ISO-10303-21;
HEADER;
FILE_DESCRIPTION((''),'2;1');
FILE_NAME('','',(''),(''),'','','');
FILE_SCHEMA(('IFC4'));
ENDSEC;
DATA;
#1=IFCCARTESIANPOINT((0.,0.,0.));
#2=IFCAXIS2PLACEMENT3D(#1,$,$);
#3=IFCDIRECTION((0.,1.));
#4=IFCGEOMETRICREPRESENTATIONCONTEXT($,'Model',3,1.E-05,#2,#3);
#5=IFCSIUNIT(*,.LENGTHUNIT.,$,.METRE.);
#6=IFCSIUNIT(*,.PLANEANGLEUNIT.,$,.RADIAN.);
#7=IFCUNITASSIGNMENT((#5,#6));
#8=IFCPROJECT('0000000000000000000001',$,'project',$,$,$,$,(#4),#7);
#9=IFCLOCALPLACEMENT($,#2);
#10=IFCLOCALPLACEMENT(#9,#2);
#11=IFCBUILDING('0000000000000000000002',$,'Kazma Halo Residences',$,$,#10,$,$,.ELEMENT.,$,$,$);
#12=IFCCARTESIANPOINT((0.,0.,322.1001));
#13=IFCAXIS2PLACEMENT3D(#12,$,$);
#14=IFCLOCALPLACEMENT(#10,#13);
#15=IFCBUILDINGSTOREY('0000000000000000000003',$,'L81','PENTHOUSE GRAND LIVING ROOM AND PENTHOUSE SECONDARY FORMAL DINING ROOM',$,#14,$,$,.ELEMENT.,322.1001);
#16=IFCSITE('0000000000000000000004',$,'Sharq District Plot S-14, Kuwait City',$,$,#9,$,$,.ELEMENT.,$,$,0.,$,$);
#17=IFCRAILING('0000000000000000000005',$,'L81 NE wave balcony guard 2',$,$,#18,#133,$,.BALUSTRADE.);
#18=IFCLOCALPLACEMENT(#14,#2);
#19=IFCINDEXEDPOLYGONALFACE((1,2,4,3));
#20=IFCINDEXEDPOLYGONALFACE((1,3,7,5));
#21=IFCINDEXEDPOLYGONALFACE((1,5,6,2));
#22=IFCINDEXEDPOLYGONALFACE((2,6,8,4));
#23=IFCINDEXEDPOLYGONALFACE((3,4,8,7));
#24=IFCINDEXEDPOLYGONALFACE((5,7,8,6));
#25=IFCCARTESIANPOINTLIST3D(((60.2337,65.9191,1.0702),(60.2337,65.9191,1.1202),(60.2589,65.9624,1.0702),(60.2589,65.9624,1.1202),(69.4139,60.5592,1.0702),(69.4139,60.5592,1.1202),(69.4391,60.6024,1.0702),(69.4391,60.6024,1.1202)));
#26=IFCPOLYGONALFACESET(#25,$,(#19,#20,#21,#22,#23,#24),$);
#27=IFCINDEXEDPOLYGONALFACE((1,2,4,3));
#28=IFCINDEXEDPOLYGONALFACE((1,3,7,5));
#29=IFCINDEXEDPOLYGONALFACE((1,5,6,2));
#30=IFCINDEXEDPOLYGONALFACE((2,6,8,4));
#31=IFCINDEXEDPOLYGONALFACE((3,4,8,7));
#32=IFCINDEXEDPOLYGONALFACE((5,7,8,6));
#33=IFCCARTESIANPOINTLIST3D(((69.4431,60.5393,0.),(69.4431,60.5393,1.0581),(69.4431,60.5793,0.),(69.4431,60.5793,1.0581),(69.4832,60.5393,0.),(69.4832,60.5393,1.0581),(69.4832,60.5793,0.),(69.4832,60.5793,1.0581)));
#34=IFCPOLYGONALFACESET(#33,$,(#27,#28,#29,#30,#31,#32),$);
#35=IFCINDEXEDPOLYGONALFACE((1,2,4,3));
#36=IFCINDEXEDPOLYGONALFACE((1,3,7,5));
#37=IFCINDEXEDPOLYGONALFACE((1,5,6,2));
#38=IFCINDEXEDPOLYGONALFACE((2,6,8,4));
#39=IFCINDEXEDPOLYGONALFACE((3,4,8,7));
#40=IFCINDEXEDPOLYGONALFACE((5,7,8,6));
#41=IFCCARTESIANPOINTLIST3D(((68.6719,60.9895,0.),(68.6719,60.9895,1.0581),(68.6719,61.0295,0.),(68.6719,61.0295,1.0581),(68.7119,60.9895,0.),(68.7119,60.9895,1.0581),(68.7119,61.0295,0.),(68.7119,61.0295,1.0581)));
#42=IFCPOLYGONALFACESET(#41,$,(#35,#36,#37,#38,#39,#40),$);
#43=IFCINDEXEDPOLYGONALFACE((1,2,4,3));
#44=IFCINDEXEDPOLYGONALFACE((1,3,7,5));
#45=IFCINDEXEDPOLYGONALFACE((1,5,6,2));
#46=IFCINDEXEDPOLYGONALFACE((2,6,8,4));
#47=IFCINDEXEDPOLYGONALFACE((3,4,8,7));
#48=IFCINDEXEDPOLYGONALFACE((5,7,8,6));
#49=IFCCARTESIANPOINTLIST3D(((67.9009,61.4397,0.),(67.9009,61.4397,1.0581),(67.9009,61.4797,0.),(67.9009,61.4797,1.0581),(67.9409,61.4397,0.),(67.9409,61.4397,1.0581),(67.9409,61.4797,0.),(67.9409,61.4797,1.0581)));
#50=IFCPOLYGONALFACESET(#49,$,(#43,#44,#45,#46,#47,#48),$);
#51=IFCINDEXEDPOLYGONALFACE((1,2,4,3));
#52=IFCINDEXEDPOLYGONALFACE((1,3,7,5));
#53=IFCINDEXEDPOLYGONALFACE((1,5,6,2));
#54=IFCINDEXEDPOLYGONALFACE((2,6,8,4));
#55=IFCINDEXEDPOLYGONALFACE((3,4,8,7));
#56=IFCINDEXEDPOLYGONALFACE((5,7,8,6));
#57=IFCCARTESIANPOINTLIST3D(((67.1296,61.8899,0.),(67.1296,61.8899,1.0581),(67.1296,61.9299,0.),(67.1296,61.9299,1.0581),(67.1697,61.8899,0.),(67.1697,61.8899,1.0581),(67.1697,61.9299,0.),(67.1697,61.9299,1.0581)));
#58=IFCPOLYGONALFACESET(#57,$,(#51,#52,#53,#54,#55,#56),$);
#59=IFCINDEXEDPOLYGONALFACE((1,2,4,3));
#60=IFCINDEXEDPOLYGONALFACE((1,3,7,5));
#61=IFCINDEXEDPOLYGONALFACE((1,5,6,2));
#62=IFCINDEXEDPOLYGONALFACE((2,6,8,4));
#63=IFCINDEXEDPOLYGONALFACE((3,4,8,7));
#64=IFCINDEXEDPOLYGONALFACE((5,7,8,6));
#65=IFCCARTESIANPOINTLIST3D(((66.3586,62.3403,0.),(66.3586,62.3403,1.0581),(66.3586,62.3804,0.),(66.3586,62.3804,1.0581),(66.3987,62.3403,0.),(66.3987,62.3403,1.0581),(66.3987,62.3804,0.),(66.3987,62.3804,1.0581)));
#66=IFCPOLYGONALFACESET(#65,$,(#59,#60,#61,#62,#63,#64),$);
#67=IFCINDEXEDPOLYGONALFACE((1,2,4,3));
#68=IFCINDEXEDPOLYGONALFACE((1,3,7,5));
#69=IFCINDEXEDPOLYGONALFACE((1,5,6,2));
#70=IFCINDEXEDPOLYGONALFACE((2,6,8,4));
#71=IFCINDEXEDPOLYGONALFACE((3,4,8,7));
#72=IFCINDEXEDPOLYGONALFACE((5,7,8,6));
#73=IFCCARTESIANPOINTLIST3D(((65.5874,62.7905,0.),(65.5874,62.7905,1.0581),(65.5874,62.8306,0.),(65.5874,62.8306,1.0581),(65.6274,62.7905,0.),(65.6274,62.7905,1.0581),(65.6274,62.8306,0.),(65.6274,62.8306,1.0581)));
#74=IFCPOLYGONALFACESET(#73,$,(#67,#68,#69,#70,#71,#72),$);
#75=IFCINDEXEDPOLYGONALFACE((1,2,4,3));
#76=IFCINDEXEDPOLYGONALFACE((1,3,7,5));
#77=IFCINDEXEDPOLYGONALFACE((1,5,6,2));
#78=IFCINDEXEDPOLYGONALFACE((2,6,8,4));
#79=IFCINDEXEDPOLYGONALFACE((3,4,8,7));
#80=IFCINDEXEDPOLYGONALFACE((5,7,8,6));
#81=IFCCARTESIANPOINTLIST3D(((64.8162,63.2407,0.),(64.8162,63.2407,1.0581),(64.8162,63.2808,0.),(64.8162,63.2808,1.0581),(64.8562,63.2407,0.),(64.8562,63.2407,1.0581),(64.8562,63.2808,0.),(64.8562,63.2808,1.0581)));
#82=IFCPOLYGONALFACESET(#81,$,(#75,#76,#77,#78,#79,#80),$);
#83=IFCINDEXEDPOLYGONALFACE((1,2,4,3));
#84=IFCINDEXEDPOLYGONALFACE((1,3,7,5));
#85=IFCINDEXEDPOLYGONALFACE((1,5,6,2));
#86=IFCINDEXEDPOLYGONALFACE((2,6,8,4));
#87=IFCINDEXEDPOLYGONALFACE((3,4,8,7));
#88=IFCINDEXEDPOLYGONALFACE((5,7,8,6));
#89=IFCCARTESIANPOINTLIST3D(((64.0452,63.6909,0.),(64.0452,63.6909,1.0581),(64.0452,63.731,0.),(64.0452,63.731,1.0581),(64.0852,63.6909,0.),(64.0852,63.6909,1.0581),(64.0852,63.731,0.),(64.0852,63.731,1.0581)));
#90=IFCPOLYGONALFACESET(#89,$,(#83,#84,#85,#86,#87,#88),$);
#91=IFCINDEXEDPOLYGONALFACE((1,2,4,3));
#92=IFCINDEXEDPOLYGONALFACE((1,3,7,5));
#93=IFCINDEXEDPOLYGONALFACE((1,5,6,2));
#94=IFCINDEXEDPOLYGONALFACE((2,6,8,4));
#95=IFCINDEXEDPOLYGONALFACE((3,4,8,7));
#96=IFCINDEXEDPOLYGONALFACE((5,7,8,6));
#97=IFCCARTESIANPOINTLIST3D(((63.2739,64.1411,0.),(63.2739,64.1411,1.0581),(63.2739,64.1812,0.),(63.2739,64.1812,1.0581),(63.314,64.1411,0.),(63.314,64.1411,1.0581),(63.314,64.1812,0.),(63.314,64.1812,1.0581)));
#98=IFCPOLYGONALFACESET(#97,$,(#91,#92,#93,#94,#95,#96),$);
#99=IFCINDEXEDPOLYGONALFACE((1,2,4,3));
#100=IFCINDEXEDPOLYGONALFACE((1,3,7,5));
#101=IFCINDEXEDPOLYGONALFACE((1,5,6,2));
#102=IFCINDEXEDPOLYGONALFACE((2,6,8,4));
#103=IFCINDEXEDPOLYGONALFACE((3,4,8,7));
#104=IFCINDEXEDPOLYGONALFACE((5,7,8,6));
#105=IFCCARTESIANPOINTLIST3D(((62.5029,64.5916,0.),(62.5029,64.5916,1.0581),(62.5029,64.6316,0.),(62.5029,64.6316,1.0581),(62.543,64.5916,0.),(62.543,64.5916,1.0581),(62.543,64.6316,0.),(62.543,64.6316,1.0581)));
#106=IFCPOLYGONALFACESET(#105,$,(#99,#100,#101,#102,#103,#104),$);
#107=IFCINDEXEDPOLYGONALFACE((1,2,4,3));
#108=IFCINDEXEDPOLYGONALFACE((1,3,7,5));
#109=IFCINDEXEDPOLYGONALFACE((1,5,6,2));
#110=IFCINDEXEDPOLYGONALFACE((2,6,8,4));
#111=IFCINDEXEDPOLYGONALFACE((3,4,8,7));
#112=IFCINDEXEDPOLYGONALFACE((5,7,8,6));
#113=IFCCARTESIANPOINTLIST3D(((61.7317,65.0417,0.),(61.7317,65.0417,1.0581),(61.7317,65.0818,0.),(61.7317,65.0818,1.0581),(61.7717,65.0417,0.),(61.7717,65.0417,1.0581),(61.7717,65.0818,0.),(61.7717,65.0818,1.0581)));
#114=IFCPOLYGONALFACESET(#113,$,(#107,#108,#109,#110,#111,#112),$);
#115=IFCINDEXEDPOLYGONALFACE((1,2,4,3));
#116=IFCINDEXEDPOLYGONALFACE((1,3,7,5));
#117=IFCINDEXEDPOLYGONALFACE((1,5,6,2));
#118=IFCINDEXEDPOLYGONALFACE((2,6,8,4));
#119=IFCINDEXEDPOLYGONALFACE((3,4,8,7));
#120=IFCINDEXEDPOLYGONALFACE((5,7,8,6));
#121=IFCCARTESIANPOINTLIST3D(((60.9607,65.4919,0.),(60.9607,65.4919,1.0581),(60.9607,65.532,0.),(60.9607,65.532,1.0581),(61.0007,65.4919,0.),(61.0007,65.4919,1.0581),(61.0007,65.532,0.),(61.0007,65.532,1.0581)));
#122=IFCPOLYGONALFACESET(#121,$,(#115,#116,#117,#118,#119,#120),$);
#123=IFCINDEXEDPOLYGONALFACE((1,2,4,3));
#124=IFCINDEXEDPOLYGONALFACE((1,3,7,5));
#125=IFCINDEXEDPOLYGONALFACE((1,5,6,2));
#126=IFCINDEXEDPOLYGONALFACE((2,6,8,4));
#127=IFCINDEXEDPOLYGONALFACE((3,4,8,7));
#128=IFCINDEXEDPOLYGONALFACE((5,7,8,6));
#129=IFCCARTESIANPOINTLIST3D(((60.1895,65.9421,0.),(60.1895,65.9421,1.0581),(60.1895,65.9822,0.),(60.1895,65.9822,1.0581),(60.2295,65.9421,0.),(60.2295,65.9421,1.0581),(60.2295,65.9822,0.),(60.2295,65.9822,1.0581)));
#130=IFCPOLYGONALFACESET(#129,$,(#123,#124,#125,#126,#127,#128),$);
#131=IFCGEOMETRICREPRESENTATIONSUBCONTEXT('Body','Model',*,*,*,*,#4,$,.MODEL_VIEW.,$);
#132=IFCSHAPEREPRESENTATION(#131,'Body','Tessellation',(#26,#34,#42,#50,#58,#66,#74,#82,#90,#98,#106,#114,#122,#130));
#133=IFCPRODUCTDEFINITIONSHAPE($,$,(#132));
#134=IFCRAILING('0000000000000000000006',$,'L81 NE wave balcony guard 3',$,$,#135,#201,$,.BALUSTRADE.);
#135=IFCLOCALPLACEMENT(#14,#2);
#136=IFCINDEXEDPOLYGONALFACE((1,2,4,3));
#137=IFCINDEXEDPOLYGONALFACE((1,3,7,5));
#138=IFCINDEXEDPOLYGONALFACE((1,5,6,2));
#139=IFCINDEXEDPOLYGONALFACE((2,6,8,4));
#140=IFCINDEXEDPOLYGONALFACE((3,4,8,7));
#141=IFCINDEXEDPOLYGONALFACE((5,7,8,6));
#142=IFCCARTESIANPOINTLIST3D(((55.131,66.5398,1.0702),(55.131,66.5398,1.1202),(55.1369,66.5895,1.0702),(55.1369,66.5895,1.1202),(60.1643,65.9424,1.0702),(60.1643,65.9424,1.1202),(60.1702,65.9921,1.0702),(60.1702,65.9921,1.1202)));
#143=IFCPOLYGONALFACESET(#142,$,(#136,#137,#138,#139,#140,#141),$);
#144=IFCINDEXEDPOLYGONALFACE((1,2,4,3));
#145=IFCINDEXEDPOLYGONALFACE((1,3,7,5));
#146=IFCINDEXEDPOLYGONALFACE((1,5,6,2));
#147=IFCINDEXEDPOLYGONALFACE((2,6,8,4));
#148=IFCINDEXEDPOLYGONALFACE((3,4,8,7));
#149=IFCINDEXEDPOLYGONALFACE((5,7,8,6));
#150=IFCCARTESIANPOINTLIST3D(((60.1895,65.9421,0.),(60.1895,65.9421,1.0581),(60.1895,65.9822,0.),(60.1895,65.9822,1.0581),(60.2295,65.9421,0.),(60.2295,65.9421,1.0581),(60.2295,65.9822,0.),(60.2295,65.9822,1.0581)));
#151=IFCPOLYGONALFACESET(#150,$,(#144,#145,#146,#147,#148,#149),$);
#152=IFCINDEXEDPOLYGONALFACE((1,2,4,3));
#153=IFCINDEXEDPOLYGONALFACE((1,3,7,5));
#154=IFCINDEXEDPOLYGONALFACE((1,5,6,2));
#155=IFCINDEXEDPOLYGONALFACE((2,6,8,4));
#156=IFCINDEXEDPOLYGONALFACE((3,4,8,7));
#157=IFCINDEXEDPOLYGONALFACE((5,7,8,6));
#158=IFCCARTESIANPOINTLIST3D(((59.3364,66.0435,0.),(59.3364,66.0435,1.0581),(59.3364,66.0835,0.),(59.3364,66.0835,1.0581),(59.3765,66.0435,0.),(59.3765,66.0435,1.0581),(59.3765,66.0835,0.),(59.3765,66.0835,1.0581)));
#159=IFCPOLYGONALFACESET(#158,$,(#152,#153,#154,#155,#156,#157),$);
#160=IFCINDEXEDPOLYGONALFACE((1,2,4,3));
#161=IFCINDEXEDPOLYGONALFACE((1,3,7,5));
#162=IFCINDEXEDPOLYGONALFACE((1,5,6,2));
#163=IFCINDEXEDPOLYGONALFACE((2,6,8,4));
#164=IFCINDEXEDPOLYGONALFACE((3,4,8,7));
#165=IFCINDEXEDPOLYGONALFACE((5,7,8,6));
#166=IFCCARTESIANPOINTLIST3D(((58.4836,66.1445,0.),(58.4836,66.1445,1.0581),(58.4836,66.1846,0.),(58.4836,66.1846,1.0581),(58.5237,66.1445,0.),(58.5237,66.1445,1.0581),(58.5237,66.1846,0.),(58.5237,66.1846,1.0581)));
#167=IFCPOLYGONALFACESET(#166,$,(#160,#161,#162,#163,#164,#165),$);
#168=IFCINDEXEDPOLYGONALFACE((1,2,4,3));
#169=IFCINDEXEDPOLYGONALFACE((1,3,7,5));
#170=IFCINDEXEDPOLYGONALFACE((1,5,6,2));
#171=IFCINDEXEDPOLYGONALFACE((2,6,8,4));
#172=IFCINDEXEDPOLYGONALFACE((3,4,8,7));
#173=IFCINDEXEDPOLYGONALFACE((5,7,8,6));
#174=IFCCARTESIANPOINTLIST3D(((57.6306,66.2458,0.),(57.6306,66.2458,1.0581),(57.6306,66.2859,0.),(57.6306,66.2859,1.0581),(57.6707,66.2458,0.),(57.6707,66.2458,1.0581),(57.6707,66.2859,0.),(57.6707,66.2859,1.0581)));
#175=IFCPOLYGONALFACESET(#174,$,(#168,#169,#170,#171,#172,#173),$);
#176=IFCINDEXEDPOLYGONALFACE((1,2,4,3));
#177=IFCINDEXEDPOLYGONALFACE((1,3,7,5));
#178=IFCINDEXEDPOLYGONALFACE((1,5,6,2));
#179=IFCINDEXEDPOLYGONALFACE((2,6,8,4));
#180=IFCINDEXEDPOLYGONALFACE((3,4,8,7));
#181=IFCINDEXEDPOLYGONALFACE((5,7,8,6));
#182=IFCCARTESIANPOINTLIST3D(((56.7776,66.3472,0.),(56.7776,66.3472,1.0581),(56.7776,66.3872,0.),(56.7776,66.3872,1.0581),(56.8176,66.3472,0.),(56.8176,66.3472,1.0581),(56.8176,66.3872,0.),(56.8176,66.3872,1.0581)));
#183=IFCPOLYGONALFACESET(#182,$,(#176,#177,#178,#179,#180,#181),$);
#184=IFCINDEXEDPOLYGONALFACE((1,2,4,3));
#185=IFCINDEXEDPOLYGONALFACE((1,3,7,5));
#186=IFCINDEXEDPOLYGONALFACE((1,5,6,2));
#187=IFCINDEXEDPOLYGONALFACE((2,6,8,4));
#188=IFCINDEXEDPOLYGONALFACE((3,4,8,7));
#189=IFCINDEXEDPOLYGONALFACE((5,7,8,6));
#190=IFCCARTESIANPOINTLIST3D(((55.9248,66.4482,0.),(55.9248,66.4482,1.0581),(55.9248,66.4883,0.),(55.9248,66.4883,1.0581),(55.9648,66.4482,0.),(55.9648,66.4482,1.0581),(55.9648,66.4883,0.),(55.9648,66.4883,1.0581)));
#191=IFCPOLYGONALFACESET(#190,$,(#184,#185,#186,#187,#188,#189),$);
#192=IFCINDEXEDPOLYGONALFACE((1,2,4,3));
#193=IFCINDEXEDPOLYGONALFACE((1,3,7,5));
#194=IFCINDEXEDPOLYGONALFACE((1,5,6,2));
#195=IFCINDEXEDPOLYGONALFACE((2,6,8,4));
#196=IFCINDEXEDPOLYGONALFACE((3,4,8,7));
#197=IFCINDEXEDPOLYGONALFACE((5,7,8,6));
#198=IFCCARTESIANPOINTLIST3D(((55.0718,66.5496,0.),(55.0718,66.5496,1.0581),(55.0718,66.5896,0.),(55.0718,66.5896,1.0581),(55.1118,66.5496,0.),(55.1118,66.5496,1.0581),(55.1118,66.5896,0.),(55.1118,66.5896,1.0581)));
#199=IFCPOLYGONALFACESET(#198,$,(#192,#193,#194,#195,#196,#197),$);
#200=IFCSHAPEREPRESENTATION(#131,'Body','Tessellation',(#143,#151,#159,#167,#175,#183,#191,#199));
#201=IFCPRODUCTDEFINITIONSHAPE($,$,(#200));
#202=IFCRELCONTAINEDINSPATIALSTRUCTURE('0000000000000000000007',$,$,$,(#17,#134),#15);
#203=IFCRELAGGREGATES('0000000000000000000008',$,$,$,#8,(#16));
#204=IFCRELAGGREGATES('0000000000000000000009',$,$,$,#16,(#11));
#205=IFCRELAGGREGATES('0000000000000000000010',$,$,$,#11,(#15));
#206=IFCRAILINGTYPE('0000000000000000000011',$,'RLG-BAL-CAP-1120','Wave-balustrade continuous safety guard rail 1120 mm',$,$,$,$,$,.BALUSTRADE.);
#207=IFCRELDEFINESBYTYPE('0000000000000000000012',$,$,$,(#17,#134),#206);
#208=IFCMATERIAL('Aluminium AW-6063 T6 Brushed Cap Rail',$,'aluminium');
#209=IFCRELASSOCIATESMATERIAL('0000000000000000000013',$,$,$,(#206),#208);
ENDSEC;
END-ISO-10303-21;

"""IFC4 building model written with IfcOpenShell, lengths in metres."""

from ifc_helpers import new_model, si_unit, direction, frame, origin, origin_2d, place, context, subcontext, project, spatial, rectangle, extrude, material, type_object, element, save


model = new_model("IFC4")

# Units and contexts
model_context = context("Model", 3, precision=1e-05, world=origin(), true_north=direction((0.0, 1.0)))
body_context = subcontext(model_context, "Body", "Model", "MODEL_VIEW")
ifc_project = project(units=[si_unit("LENGTHUNIT", "METRE"), si_unit("PLANEANGLEUNIT", "RADIAN")], contexts=[model_context])

# Site, building, storey
site_placement = place(None, origin())
site = spatial("IfcSite", under=ifc_project, at=site_placement, Name="Sharq District Plot S-14, Kuwait City", CompositionType="ELEMENT", RefElevation=0.0)
building_placement = place(site_placement, origin())
building = spatial("IfcBuilding", under=site, at=building_placement, Name="Kazma Halo Residences", CompositionType="ELEMENT")
storey_placement = place(building_placement, frame((0.0, 0.0, 322.1001)))
storey = spatial("IfcBuildingStorey", under=building, at=storey_placement, Name="L81", Description="PENTHOUSE GRAND LIVING ROOM AND PENTHOUSE SECONDARY FORMAL DINING ROOM", CompositionType="ELEMENT", Elevation=322.1001)

# Railings
ifc_material_1 = material(Name="Aluminium AW-6063 T6 Brushed Cap Rail", Category="aluminium")
railing_type = type_object("IfcRailingType", Name="RLG-BAL-CAP-1120", Description="Wave-balustrade continuous safety guard rail 1120 mm", PredefinedType="BALUSTRADE", material=ifc_material_1)
railing_1_placement = place(storey_placement, frame((69.4631, 60.5593, 0.0)))
element("IfcRailing", 1, at=railing_1_placement, inside=storey, type_object=railing_type, Name="L81 NE wave balcony guard 2", PredefinedType="BALUSTRADE", context=body_context, shape_type="SweptSolid", body=[
    extrude(rectangle(XDim=0.05, YDim=0.05, at=origin_2d()), frame((-0.0366, 0.0215, 1.0952), z_axis=(-0.863581, 0.50421, 0.0), x_axis=(-0.50421, -0.863581, 0.0)), (0.0, 0.0, 1.0), 10.6304),
    extrude(rectangle(XDim=0.04, YDim=0.04, at=origin_2d()), origin(), (0.0, 0.0, 1.0), 1.0581),
    extrude(rectangle(XDim=0.04, YDim=0.04, at=origin_2d()), frame((-0.7712, 0.4502, 0.0)), (0.0, 0.0, 1.0), 1.0581),
    extrude(rectangle(XDim=0.04, YDim=0.04, at=origin_2d()), frame((-1.5422, 0.9004, 0.0)), (0.0, 0.0, 1.0), 1.0581),
    extrude(rectangle(XDim=0.04, YDim=0.04, at=origin_2d()), frame((-2.3135, 1.3506, 0.0)), (0.0, 0.0, 1.0), 1.0581),
    extrude(rectangle(XDim=0.04, YDim=0.04, at=origin_2d()), frame((-3.0845, 1.801, 0.0)), (0.0, 0.0, 1.0), 1.0581),
    extrude(rectangle(XDim=0.04, YDim=0.04, at=origin_2d()), frame((-3.8557, 2.2512, 0.0)), (0.0, 0.0, 1.0), 1.0581),
    extrude(rectangle(XDim=0.04, YDim=0.04, at=origin_2d()), frame((-4.627, 2.7014, 0.0)), (0.0, 0.0, 1.0), 1.0581),
    extrude(rectangle(XDim=0.04, YDim=0.04, at=origin_2d()), frame((-5.3979, 3.1516, 0.0)), (0.0, 0.0, 1.0), 1.0581),
    extrude(rectangle(XDim=0.04, YDim=0.04, at=origin_2d()), frame((-6.1692, 3.6018, 0.0)), (0.0, 0.0, 1.0), 1.0581),
    extrude(rectangle(XDim=0.04, YDim=0.04, at=origin_2d()), frame((-6.9402, 4.0522, 0.0)), (0.0, 0.0, 1.0), 1.0581),
    extrude(rectangle(XDim=0.04, YDim=0.04, at=origin_2d()), frame((-7.7114, 4.5024, 0.0)), (0.0, 0.0, 1.0), 1.0581),
    extrude(rectangle(XDim=0.04, YDim=0.04, at=origin_2d()), frame((-8.4824, 4.9526, 0.0)), (0.0, 0.0, 1.0), 1.0581),
    extrude(rectangle(XDim=0.04, YDim=0.04, at=origin_2d()), frame((-9.2537, 5.4028, 0.0)), (0.0, 0.0, 1.0), 1.0581),
])
railing_2_placement = place(storey_placement, frame((60.2095, 65.9622, 0.0)))
element("IfcRailing", 2, at=railing_2_placement, inside=storey, type_object=railing_type, Name="L81 NE wave balcony guard 3", PredefinedType="BALUSTRADE", context=body_context, shape_type="SweptSolid", body=[
    extrude(rectangle(XDim=0.05, YDim=0.05, at=origin_2d()), frame((-0.0422, 0.0051, 1.0952), z_axis=(-0.99303, 0.117864, 0.0), x_axis=(-0.117864, -0.99303, 0.0)), (0.0, 0.0, 1.0), 5.0686),
    extrude(rectangle(XDim=0.04, YDim=0.04, at=origin_2d()), origin(), (0.0, 0.0, 1.0), 1.0581),
    extrude(rectangle(XDim=0.04, YDim=0.04, at=origin_2d()), frame((-0.853, 0.1013, 0.0)), (0.0, 0.0, 1.0), 1.0581),
    extrude(rectangle(XDim=0.04, YDim=0.04, at=origin_2d()), frame((-1.7058, 0.2024, 0.0)), (0.0, 0.0, 1.0), 1.0581),
    extrude(rectangle(XDim=0.04, YDim=0.04, at=origin_2d()), frame((-2.5588, 0.3037, 0.0)), (0.0, 0.0, 1.0), 1.0581),
    extrude(rectangle(XDim=0.04, YDim=0.04, at=origin_2d()), frame((-3.4119, 0.405, 0.0)), (0.0, 0.0, 1.0), 1.0581),
    extrude(rectangle(XDim=0.04, YDim=0.04, at=origin_2d()), frame((-4.2646, 0.5061, 0.0)), (0.0, 0.0, 1.0), 1.0581),
    extrude(rectangle(XDim=0.04, YDim=0.04, at=origin_2d()), frame((-5.1177, 0.6074, 0.0)), (0.0, 0.0, 1.0), 1.0581),
])

save(model, "model.ifc")
